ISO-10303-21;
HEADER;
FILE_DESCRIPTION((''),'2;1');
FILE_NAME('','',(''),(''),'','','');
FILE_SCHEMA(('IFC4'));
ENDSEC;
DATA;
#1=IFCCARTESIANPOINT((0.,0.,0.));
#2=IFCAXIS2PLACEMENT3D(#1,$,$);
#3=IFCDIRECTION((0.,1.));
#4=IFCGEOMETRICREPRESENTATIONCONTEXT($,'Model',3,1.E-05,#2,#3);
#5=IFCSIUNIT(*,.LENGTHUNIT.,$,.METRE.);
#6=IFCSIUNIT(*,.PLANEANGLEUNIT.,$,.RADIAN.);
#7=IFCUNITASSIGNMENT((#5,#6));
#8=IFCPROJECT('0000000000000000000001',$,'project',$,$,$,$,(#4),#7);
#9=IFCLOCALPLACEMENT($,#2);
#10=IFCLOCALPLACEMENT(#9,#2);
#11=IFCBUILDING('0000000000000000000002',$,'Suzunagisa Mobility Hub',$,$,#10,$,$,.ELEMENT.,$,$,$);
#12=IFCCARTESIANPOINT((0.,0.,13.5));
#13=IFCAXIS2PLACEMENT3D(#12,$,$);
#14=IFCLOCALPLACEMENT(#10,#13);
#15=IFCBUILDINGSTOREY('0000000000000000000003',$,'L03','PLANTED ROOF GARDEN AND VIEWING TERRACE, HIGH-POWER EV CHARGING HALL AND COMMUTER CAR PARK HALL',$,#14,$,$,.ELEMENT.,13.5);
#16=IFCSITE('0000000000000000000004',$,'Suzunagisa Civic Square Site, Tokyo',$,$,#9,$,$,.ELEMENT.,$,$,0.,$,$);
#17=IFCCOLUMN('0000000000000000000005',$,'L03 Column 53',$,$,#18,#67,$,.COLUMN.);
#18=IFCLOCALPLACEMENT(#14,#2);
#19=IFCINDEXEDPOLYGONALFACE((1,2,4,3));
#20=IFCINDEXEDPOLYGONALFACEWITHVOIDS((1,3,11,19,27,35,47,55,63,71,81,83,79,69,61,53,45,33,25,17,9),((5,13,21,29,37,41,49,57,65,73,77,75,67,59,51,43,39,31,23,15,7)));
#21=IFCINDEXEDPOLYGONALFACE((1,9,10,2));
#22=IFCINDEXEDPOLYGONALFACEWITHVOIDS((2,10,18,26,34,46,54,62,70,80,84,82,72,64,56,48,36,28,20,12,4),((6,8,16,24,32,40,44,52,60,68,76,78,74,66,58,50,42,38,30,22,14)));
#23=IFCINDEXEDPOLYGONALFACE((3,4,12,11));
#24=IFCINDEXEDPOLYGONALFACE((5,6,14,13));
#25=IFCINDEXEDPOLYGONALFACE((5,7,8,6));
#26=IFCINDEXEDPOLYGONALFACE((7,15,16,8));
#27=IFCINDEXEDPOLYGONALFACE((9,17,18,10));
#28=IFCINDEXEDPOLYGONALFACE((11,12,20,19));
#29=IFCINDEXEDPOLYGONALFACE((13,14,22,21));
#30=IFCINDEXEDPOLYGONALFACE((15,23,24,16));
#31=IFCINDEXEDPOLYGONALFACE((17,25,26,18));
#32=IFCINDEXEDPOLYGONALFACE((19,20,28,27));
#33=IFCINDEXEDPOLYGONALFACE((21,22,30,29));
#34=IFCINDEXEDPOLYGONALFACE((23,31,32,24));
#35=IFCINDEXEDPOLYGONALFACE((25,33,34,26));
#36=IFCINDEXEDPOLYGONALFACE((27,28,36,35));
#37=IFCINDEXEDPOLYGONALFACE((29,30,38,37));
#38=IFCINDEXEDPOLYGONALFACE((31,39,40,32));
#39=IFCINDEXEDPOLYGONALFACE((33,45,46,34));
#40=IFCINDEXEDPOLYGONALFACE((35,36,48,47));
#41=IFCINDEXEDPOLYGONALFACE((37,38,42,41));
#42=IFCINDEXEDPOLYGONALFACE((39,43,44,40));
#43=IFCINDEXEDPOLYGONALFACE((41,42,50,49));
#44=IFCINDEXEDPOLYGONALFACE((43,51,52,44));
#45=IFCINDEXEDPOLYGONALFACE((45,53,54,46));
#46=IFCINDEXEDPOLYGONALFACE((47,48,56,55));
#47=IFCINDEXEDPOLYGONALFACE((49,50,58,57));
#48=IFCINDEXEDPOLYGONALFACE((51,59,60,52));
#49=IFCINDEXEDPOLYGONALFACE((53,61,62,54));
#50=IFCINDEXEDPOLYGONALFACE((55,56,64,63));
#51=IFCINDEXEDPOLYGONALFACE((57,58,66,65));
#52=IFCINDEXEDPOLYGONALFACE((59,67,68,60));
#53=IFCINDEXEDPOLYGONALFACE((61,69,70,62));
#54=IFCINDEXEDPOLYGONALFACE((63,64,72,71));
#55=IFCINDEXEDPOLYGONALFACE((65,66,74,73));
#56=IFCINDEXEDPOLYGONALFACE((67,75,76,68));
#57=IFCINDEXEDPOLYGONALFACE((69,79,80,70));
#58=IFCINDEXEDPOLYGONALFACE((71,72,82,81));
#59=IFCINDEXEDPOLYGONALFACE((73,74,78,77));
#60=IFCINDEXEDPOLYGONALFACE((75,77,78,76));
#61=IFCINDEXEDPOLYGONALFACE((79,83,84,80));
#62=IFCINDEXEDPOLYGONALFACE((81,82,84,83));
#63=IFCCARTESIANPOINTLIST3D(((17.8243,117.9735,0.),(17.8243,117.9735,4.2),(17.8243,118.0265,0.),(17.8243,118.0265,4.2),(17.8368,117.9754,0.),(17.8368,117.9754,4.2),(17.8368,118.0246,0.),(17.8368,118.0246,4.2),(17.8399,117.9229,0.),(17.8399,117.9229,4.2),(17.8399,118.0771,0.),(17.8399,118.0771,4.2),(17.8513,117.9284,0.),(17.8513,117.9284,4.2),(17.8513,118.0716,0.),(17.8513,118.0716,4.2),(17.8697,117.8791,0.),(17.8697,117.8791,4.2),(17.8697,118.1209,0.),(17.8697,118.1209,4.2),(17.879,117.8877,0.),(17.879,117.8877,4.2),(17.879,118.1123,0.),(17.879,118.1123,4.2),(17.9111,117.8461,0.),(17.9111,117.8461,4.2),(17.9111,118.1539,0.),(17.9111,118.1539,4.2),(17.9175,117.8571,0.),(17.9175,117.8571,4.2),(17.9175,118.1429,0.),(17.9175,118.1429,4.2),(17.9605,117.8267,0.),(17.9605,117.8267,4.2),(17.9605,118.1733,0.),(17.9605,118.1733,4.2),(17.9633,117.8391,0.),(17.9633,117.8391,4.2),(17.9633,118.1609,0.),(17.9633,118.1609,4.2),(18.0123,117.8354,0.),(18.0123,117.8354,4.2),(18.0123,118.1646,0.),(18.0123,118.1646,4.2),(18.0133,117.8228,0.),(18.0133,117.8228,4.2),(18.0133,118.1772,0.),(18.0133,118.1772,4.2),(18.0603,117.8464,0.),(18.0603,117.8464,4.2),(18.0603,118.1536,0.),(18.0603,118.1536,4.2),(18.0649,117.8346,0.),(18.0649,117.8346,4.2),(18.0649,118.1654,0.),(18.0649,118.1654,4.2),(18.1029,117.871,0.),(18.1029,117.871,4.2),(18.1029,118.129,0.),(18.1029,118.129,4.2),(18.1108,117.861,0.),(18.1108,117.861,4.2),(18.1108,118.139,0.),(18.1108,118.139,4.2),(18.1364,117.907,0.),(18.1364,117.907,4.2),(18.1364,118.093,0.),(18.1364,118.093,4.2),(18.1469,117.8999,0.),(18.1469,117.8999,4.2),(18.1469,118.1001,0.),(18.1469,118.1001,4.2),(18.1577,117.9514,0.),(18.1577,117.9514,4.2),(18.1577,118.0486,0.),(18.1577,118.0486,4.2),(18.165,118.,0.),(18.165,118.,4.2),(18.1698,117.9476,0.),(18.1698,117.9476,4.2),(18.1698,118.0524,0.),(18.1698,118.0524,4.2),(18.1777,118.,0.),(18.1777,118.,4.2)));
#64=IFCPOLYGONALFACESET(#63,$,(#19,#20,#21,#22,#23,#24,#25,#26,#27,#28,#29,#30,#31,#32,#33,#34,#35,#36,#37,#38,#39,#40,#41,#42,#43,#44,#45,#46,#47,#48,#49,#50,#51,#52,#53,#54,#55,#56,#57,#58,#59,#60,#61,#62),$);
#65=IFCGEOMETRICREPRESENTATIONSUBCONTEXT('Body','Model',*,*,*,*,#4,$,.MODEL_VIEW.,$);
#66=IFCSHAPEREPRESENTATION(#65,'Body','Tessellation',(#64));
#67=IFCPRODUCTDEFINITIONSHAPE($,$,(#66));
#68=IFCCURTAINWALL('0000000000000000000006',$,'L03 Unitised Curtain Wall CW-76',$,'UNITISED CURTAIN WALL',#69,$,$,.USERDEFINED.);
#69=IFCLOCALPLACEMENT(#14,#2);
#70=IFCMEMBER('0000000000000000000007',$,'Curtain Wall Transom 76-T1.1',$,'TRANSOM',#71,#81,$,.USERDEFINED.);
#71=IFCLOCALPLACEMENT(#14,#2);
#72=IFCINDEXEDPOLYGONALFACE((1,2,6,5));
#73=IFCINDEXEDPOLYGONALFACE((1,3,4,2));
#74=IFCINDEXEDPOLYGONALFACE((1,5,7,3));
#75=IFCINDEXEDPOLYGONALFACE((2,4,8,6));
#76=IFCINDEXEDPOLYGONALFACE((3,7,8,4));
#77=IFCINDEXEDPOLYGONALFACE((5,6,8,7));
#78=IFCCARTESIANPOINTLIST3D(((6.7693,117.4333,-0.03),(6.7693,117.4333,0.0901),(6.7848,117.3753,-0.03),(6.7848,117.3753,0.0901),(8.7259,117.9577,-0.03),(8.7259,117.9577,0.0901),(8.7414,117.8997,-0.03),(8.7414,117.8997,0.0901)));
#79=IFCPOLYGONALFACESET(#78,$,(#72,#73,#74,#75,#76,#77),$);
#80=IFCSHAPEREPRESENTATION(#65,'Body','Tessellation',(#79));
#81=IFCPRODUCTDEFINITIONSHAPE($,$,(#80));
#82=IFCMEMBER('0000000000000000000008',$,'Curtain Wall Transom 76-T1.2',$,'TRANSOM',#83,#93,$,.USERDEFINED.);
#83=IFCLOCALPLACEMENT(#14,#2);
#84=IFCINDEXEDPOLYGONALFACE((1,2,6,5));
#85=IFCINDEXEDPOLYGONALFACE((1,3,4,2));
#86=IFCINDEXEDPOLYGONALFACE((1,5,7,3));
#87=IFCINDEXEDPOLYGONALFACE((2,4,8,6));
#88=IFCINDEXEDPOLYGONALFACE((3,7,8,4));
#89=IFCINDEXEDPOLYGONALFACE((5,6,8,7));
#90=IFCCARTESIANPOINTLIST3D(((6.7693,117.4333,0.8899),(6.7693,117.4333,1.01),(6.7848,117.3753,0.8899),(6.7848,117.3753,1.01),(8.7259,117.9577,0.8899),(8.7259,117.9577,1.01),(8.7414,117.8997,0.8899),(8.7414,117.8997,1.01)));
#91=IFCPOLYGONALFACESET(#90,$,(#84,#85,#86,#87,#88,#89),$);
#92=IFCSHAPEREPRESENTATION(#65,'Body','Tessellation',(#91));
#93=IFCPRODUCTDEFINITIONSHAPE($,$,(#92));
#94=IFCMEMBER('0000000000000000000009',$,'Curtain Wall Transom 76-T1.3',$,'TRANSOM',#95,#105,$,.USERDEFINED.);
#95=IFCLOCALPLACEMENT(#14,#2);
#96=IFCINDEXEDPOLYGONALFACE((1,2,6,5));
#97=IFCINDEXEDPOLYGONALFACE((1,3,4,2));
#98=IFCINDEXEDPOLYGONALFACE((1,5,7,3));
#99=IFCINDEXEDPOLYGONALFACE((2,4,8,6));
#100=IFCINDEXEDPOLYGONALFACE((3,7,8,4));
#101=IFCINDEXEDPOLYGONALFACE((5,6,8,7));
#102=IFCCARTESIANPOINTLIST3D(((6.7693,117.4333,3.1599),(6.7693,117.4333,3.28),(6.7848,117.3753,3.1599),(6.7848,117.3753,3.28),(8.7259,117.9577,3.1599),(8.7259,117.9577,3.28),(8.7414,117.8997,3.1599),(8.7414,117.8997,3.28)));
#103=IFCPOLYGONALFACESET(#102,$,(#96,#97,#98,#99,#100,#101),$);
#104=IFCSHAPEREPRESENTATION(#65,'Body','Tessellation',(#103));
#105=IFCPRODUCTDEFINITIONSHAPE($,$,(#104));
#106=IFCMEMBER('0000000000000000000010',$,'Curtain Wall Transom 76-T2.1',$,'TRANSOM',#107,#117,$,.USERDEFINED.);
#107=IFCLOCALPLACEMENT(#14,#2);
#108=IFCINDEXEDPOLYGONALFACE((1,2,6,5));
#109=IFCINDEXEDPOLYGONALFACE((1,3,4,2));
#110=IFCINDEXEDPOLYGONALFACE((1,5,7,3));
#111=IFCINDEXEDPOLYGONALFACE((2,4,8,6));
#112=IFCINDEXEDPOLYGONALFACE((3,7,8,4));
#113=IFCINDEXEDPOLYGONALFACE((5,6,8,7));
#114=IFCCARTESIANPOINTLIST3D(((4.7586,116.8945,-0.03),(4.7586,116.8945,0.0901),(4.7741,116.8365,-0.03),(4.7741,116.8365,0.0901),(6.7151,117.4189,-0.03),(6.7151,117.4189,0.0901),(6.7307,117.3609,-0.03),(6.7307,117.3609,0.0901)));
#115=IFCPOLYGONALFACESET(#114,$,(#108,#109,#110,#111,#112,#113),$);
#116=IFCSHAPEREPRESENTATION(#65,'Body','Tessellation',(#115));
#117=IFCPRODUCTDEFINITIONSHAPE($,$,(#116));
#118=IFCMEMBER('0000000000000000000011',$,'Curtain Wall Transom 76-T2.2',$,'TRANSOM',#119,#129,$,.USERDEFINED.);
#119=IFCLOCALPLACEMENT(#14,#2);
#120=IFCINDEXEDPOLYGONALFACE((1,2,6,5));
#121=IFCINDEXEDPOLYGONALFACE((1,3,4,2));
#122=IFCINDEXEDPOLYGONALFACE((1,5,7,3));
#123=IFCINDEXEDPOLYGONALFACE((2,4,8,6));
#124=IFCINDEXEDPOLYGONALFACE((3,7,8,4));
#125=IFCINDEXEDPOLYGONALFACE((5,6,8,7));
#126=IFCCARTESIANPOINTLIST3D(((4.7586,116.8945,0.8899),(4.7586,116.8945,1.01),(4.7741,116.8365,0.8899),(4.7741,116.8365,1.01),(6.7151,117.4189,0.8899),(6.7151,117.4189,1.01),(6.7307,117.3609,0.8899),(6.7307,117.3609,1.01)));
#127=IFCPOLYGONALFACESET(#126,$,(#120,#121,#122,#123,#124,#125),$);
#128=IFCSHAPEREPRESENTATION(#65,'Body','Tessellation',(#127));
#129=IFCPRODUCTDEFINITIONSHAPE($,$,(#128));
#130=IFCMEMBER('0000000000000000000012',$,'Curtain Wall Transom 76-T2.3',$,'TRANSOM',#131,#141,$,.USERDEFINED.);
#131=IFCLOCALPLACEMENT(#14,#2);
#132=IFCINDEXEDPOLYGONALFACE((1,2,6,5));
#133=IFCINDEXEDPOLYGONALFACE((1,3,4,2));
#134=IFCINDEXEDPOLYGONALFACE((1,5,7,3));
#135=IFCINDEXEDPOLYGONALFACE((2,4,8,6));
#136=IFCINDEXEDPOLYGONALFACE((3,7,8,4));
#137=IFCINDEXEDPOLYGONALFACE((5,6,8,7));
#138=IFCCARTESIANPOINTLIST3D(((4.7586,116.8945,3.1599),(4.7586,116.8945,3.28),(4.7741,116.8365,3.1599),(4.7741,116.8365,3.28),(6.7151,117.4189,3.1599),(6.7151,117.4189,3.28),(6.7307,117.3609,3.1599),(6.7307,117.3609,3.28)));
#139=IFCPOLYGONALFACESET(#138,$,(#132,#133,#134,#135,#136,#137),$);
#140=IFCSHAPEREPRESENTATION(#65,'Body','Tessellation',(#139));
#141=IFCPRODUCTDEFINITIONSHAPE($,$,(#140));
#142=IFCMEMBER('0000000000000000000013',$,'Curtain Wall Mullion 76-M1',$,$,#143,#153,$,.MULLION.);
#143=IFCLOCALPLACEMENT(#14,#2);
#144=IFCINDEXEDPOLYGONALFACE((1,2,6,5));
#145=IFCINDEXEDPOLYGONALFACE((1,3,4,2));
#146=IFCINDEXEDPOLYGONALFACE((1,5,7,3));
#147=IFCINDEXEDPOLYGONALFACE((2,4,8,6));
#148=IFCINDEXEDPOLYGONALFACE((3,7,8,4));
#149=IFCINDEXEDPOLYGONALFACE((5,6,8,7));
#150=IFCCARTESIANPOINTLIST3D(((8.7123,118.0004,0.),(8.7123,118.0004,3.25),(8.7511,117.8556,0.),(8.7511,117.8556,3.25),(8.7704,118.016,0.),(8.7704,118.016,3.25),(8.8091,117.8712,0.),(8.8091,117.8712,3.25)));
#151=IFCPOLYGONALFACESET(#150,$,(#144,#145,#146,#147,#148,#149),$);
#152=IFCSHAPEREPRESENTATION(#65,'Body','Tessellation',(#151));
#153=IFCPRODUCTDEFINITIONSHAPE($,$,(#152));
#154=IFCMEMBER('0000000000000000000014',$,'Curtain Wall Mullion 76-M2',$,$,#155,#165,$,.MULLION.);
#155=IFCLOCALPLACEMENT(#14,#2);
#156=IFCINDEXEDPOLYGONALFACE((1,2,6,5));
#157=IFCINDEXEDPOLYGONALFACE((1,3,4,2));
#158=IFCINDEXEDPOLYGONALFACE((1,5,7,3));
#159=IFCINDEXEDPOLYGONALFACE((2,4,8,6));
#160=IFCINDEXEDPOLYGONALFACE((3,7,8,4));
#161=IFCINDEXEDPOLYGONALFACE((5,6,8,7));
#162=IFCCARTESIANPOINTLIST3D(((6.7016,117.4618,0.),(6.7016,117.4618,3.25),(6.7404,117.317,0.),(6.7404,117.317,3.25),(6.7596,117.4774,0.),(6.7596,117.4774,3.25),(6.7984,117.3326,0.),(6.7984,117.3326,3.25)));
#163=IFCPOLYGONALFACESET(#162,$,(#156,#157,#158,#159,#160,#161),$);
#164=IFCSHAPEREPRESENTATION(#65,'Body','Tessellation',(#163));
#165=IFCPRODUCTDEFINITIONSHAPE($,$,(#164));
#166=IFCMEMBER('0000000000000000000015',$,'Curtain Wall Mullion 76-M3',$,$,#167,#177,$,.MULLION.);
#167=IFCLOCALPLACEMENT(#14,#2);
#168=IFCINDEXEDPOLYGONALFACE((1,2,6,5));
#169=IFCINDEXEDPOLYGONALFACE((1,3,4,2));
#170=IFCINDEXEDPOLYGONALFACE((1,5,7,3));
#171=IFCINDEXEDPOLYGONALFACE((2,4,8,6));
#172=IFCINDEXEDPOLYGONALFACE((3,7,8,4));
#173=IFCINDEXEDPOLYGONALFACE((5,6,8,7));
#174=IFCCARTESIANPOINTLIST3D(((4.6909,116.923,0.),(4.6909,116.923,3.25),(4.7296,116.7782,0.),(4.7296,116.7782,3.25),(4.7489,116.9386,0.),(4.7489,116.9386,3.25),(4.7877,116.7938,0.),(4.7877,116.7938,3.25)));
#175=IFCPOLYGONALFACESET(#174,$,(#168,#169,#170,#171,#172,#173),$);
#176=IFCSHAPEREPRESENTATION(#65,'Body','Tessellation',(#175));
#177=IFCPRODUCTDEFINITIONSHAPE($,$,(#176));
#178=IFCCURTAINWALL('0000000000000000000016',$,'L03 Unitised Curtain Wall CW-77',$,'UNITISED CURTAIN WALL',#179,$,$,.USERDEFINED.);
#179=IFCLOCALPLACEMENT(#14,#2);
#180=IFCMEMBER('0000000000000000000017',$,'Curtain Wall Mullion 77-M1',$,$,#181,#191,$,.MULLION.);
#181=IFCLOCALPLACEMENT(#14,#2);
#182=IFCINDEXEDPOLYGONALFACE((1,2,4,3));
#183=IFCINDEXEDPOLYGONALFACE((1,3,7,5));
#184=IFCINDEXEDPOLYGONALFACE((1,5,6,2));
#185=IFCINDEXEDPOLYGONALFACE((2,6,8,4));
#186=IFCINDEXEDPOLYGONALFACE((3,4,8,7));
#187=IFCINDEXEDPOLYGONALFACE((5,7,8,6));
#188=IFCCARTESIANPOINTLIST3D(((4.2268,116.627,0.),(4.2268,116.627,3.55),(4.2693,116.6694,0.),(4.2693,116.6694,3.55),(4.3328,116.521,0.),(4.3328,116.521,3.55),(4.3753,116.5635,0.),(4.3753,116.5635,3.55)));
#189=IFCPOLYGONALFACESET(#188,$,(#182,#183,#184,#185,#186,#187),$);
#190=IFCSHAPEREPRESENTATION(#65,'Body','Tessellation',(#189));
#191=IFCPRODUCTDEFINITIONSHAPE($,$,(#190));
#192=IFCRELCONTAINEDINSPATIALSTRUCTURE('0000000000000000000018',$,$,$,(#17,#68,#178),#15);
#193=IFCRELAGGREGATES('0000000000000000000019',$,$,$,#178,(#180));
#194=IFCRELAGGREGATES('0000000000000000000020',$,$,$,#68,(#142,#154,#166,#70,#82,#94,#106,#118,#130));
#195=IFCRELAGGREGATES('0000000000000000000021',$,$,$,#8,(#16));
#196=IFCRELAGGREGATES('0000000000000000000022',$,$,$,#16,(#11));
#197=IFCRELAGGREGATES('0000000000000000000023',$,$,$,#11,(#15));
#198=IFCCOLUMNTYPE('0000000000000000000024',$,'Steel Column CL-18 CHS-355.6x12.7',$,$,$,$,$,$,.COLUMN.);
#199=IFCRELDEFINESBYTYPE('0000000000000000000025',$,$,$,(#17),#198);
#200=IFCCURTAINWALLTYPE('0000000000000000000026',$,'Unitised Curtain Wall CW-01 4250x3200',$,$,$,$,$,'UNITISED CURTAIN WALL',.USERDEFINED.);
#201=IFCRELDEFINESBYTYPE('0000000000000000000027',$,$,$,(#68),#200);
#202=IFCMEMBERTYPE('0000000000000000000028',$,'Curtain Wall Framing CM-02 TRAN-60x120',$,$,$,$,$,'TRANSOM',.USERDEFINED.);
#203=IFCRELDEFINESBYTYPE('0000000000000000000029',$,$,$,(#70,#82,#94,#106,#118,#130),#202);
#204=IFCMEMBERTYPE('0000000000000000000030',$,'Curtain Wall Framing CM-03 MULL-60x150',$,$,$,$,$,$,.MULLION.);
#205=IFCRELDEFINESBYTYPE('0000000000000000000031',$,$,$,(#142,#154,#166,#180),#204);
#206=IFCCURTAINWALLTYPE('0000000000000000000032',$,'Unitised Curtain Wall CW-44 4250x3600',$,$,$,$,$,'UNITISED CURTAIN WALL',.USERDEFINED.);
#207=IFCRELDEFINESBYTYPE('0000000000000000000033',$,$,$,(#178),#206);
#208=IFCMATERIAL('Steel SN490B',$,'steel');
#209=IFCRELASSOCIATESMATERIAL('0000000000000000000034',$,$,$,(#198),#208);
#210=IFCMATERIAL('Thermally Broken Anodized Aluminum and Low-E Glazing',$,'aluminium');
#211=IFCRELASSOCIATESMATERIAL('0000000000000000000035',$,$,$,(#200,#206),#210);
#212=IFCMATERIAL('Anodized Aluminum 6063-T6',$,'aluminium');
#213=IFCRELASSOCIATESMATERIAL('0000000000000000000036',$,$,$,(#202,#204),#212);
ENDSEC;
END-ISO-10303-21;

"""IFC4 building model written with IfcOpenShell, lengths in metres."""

from ifc_helpers import new_model, si_unit, direction, frame, origin, origin_2d, place, context, subcontext, project, spatial, rectangle, hollow_circle, extrude, material, material_profile, profile_set, type_object, element, aggregate, save


model = new_model("IFC4")

# Units and contexts
model_context = context("Model", 3, precision=1e-05, world=origin(), true_north=direction((0.0, 1.0)))
body_context = subcontext(model_context, "Body", "Model", "MODEL_VIEW")
ifc_project = project(units=[si_unit("LENGTHUNIT", "METRE"), si_unit("PLANEANGLEUNIT", "RADIAN")], contexts=[model_context])

# Site, building, storey
site_placement = place(None, origin())
site = spatial("IfcSite", under=ifc_project, at=site_placement, Name="Suzunagisa Civic Square Site, Tokyo", CompositionType="ELEMENT", RefElevation=0.0)
building_placement = place(site_placement, origin())
building = spatial("IfcBuilding", under=site, at=building_placement, Name="Suzunagisa Mobility Hub", CompositionType="ELEMENT")
storey_placement = place(building_placement, frame((0.0, 0.0, 13.5)))
storey = spatial("IfcBuildingStorey", under=building, at=storey_placement, Name="L03", Description="PLANTED ROOF GARDEN AND VIEWING TERRACE, HIGH-POWER EV CHARGING HALL AND COMMUTER CAR PARK HALL", CompositionType="ELEMENT", Elevation=13.5)

# Column
ifc_material_1 = material(Name="Steel SN490B", Category="steel")
ifc_material_profile_1 = material_profile(ifc_material_1, hollow_circle(Radius=0.1777, WallThickness=0.0127, at=origin_2d()), Name="CHS-355.6x12.7")
ifc_profile_set_1 = profile_set([ifc_material_profile_1], Name="Steel SN490B")
column_type = type_object("IfcColumnType", Name="Steel Column CL-18 CHS-355.6x12.7", PredefinedType="COLUMN", material=ifc_profile_set_1)
for number, where, z_axis, x_axis, name in (
    (1, (18.0, 118.0, 0.0), (0.0, 0.0, 1.0), (1.0, 0.0, 0.0), "L03 Column 53"),
):
    element("IfcColumn", number, at=place(storey_placement, frame(where, z_axis=z_axis, x_axis=x_axis)), inside=storey, type_object=column_type, Name=name, PredefinedType="COLUMN", context=body_context, shape_type="SweptSolid", body=[
        extrude(hollow_circle(Radius=0.1777, WallThickness=0.0127, at=origin_2d()), origin(), (0.0, 0.0, 1.0), 4.2),
    ])

# Curtain wall, members
ifc_material_2 = material(Name="Thermally Broken Anodized Aluminum and Low-E Glazing", Category="aluminium")
curtain_wall_type_1 = type_object("IfcCurtainWallType", Name="Unitised Curtain Wall CW-01 4250x3200", ElementType="UNITISED CURTAIN WALL", PredefinedType="USERDEFINED", material=ifc_material_2)
curtain_wall_1_placement = place(storey_placement, origin())
curtain_wall_1 = element("IfcCurtainWall", 2, at=curtain_wall_1_placement, inside=storey, type_object=curtain_wall_type_1, Name="L03 Unitised Curtain Wall CW-76", ObjectType="UNITISED CURTAIN WALL", PredefinedType="USERDEFINED")
ifc_material_3 = material(Name="Anodized Aluminum 6063-T6", Category="aluminium")
ifc_material_profile_2 = material_profile(ifc_material_3, rectangle(XDim=0.0601, YDim=0.1201, at=origin_2d()), Name="TRAN-60x120")
ifc_profile_set_2 = profile_set([ifc_material_profile_2], Name="Anodized Aluminum 6063-T6")
member_type_1 = type_object("IfcMemberType", Name="Curtain Wall Framing CM-02 TRAN-60x120", ElementType="TRANSOM", PredefinedType="USERDEFINED", material=ifc_profile_set_2)
member_1_placement = place(storey_placement, frame((8.7336, 117.9287, 0.03), z_axis=(-0.965906, -0.258893, 0.0), x_axis=(0.258893, -0.965906, 0.0)))
member_1 = element("IfcMember", 3, at=member_1_placement, type_object=member_type_1, Name="Curtain Wall Transom 76-T1.1", ObjectType="TRANSOM", PredefinedType="USERDEFINED", context=body_context, shape_type="SweptSolid", body=[
    extrude(rectangle(XDim=0.0601, YDim=0.1201, at=origin_2d()), origin(), (0.0, 0.0, 1.0), 2.0256),
])
member_2_placement = place(storey_placement, frame((8.7336, 117.9287, 0.95), z_axis=(-0.965906, -0.258893, 0.0), x_axis=(0.258893, -0.965906, 0.0)))
member_2 = element("IfcMember", 4, at=member_2_placement, type_object=member_type_1, Name="Curtain Wall Transom 76-T1.2", ObjectType="TRANSOM", PredefinedType="USERDEFINED", context=body_context, shape_type="SweptSolid", body=[
    extrude(rectangle(XDim=0.0601, YDim=0.1201, at=origin_2d()), origin(), (0.0, 0.0, 1.0), 2.0256),
])
member_3_placement = place(storey_placement, frame((8.7336, 117.9287, 3.22), z_axis=(-0.965906, -0.258893, 0.0), x_axis=(0.258893, -0.965906, 0.0)))
member_3 = element("IfcMember", 5, at=member_3_placement, type_object=member_type_1, Name="Curtain Wall Transom 76-T1.3", ObjectType="TRANSOM", PredefinedType="USERDEFINED", context=body_context, shape_type="SweptSolid", body=[
    extrude(rectangle(XDim=0.0601, YDim=0.1201, at=origin_2d()), origin(), (0.0, 0.0, 1.0), 2.0256),
])
member_4_placement = place(storey_placement, frame((6.7229, 117.3899, 0.03), z_axis=(-0.965906, -0.258893, 0.0), x_axis=(0.258893, -0.965906, 0.0)))
member_4 = element("IfcMember", 6, at=member_4_placement, type_object=member_type_1, Name="Curtain Wall Transom 76-T2.1", ObjectType="TRANSOM", PredefinedType="USERDEFINED", context=body_context, shape_type="SweptSolid", body=[
    extrude(rectangle(XDim=0.0601, YDim=0.1201, at=origin_2d()), origin(), (0.0, 0.0, 1.0), 2.0256),
])
member_5_placement = place(storey_placement, frame((6.7229, 117.3899, 0.95), z_axis=(-0.965906, -0.258893, 0.0), x_axis=(0.258893, -0.965906, 0.0)))
member_5 = element("IfcMember", 7, at=member_5_placement, type_object=member_type_1, Name="Curtain Wall Transom 76-T2.2", ObjectType="TRANSOM", PredefinedType="USERDEFINED", context=body_context, shape_type="SweptSolid", body=[
    extrude(rectangle(XDim=0.0601, YDim=0.1201, at=origin_2d()), origin(), (0.0, 0.0, 1.0), 2.0256),
])
member_6_placement = place(storey_placement, frame((6.7229, 117.3899, 3.22), z_axis=(-0.965906, -0.258893, 0.0), x_axis=(0.258893, -0.965906, 0.0)))
member_6 = element("IfcMember", 8, at=member_6_placement, type_object=member_type_1, Name="Curtain Wall Transom 76-T2.3", ObjectType="TRANSOM", PredefinedType="USERDEFINED", context=body_context, shape_type="SweptSolid", body=[
    extrude(rectangle(XDim=0.0601, YDim=0.1201, at=origin_2d()), origin(), (0.0, 0.0, 1.0), 2.0256),
])
ifc_material_profile_3 = material_profile(ifc_material_3, rectangle(XDim=0.0601, YDim=0.1499, at=origin_2d()), Name="MULL-60x150")
ifc_profile_set_3 = profile_set([ifc_material_profile_3], Name="Anodized Aluminum 6063-T6")
member_type_2 = type_object("IfcMemberType", Name="Curtain Wall Framing CM-03 MULL-60x150", PredefinedType="MULLION", material=ifc_profile_set_3)
member_7_placement = place(storey_placement, frame((8.7607, 117.9358, 0.0), z_axis=(0.0, 0.0, 1.0), x_axis=(-0.96593, -0.258803, 0.0)))
member_7 = element("IfcMember", 9, at=member_7_placement, type_object=member_type_2, Name="Curtain Wall Mullion 76-M1", PredefinedType="MULLION", context=body_context, shape_type="SweptSolid", body=[
    extrude(rectangle(XDim=0.0601, YDim=0.1499, at=origin_2d()), origin(), (0.0, 0.0, 1.0), 3.25),
])
member_8_placement = place(storey_placement, frame((6.75, 117.3972, 0.0), z_axis=(0.0, 0.0, 1.0), x_axis=(-0.96593, -0.258803, 0.0)))
member_8 = element("IfcMember", 10, at=member_8_placement, type_object=member_type_2, Name="Curtain Wall Mullion 76-M2", PredefinedType="MULLION", context=body_context, shape_type="SweptSolid", body=[
    extrude(rectangle(XDim=0.0601, YDim=0.1499, at=origin_2d()), origin(), (0.0, 0.0, 1.0), 3.25),
])
member_9_placement = place(storey_placement, frame((4.7393, 116.8584, 0.0), z_axis=(0.0, 0.0, 1.0), x_axis=(-0.96593, -0.258803, 0.0)))
member_9 = element("IfcMember", 11, at=member_9_placement, type_object=member_type_2, Name="Curtain Wall Mullion 76-M3", PredefinedType="MULLION", context=body_context, shape_type="SweptSolid", body=[
    extrude(rectangle(XDim=0.0601, YDim=0.1499, at=origin_2d()), origin(), (0.0, 0.0, 1.0), 3.25),
])

# Curtain wall, member
curtain_wall_type_2 = type_object("IfcCurtainWallType", Name="Unitised Curtain Wall CW-44 4250x3600", ElementType="UNITISED CURTAIN WALL", PredefinedType="USERDEFINED", material=ifc_material_2)
curtain_wall_2_placement = place(storey_placement, origin())
curtain_wall_2 = element("IfcCurtainWall", 12, at=curtain_wall_2_placement, inside=storey, type_object=curtain_wall_type_2, Name="L03 Unitised Curtain Wall CW-77", ObjectType="UNITISED CURTAIN WALL", PredefinedType="USERDEFINED")
member_10_placement = place(storey_placement, frame((4.301, 116.5952, 0.0), z_axis=(0.0, 0.0, 1.0), x_axis=(-0.707107, -0.707107, 0.0)))
member_10 = element("IfcMember", 13, at=member_10_placement, type_object=member_type_2, Name="Curtain Wall Mullion 77-M1", PredefinedType="MULLION", context=body_context, shape_type="SweptSolid", body=[
    extrude(rectangle(XDim=0.0601, YDim=0.1499, at=origin_2d()), origin(), (0.0, 0.0, 1.0), 3.55),
])
aggregate(curtain_wall_2, [member_10])

aggregate(curtain_wall_1, [member_7, member_8, member_9, member_1, member_2, member_3, member_4, member_5, member_6])

save(model, "model.ifc")
